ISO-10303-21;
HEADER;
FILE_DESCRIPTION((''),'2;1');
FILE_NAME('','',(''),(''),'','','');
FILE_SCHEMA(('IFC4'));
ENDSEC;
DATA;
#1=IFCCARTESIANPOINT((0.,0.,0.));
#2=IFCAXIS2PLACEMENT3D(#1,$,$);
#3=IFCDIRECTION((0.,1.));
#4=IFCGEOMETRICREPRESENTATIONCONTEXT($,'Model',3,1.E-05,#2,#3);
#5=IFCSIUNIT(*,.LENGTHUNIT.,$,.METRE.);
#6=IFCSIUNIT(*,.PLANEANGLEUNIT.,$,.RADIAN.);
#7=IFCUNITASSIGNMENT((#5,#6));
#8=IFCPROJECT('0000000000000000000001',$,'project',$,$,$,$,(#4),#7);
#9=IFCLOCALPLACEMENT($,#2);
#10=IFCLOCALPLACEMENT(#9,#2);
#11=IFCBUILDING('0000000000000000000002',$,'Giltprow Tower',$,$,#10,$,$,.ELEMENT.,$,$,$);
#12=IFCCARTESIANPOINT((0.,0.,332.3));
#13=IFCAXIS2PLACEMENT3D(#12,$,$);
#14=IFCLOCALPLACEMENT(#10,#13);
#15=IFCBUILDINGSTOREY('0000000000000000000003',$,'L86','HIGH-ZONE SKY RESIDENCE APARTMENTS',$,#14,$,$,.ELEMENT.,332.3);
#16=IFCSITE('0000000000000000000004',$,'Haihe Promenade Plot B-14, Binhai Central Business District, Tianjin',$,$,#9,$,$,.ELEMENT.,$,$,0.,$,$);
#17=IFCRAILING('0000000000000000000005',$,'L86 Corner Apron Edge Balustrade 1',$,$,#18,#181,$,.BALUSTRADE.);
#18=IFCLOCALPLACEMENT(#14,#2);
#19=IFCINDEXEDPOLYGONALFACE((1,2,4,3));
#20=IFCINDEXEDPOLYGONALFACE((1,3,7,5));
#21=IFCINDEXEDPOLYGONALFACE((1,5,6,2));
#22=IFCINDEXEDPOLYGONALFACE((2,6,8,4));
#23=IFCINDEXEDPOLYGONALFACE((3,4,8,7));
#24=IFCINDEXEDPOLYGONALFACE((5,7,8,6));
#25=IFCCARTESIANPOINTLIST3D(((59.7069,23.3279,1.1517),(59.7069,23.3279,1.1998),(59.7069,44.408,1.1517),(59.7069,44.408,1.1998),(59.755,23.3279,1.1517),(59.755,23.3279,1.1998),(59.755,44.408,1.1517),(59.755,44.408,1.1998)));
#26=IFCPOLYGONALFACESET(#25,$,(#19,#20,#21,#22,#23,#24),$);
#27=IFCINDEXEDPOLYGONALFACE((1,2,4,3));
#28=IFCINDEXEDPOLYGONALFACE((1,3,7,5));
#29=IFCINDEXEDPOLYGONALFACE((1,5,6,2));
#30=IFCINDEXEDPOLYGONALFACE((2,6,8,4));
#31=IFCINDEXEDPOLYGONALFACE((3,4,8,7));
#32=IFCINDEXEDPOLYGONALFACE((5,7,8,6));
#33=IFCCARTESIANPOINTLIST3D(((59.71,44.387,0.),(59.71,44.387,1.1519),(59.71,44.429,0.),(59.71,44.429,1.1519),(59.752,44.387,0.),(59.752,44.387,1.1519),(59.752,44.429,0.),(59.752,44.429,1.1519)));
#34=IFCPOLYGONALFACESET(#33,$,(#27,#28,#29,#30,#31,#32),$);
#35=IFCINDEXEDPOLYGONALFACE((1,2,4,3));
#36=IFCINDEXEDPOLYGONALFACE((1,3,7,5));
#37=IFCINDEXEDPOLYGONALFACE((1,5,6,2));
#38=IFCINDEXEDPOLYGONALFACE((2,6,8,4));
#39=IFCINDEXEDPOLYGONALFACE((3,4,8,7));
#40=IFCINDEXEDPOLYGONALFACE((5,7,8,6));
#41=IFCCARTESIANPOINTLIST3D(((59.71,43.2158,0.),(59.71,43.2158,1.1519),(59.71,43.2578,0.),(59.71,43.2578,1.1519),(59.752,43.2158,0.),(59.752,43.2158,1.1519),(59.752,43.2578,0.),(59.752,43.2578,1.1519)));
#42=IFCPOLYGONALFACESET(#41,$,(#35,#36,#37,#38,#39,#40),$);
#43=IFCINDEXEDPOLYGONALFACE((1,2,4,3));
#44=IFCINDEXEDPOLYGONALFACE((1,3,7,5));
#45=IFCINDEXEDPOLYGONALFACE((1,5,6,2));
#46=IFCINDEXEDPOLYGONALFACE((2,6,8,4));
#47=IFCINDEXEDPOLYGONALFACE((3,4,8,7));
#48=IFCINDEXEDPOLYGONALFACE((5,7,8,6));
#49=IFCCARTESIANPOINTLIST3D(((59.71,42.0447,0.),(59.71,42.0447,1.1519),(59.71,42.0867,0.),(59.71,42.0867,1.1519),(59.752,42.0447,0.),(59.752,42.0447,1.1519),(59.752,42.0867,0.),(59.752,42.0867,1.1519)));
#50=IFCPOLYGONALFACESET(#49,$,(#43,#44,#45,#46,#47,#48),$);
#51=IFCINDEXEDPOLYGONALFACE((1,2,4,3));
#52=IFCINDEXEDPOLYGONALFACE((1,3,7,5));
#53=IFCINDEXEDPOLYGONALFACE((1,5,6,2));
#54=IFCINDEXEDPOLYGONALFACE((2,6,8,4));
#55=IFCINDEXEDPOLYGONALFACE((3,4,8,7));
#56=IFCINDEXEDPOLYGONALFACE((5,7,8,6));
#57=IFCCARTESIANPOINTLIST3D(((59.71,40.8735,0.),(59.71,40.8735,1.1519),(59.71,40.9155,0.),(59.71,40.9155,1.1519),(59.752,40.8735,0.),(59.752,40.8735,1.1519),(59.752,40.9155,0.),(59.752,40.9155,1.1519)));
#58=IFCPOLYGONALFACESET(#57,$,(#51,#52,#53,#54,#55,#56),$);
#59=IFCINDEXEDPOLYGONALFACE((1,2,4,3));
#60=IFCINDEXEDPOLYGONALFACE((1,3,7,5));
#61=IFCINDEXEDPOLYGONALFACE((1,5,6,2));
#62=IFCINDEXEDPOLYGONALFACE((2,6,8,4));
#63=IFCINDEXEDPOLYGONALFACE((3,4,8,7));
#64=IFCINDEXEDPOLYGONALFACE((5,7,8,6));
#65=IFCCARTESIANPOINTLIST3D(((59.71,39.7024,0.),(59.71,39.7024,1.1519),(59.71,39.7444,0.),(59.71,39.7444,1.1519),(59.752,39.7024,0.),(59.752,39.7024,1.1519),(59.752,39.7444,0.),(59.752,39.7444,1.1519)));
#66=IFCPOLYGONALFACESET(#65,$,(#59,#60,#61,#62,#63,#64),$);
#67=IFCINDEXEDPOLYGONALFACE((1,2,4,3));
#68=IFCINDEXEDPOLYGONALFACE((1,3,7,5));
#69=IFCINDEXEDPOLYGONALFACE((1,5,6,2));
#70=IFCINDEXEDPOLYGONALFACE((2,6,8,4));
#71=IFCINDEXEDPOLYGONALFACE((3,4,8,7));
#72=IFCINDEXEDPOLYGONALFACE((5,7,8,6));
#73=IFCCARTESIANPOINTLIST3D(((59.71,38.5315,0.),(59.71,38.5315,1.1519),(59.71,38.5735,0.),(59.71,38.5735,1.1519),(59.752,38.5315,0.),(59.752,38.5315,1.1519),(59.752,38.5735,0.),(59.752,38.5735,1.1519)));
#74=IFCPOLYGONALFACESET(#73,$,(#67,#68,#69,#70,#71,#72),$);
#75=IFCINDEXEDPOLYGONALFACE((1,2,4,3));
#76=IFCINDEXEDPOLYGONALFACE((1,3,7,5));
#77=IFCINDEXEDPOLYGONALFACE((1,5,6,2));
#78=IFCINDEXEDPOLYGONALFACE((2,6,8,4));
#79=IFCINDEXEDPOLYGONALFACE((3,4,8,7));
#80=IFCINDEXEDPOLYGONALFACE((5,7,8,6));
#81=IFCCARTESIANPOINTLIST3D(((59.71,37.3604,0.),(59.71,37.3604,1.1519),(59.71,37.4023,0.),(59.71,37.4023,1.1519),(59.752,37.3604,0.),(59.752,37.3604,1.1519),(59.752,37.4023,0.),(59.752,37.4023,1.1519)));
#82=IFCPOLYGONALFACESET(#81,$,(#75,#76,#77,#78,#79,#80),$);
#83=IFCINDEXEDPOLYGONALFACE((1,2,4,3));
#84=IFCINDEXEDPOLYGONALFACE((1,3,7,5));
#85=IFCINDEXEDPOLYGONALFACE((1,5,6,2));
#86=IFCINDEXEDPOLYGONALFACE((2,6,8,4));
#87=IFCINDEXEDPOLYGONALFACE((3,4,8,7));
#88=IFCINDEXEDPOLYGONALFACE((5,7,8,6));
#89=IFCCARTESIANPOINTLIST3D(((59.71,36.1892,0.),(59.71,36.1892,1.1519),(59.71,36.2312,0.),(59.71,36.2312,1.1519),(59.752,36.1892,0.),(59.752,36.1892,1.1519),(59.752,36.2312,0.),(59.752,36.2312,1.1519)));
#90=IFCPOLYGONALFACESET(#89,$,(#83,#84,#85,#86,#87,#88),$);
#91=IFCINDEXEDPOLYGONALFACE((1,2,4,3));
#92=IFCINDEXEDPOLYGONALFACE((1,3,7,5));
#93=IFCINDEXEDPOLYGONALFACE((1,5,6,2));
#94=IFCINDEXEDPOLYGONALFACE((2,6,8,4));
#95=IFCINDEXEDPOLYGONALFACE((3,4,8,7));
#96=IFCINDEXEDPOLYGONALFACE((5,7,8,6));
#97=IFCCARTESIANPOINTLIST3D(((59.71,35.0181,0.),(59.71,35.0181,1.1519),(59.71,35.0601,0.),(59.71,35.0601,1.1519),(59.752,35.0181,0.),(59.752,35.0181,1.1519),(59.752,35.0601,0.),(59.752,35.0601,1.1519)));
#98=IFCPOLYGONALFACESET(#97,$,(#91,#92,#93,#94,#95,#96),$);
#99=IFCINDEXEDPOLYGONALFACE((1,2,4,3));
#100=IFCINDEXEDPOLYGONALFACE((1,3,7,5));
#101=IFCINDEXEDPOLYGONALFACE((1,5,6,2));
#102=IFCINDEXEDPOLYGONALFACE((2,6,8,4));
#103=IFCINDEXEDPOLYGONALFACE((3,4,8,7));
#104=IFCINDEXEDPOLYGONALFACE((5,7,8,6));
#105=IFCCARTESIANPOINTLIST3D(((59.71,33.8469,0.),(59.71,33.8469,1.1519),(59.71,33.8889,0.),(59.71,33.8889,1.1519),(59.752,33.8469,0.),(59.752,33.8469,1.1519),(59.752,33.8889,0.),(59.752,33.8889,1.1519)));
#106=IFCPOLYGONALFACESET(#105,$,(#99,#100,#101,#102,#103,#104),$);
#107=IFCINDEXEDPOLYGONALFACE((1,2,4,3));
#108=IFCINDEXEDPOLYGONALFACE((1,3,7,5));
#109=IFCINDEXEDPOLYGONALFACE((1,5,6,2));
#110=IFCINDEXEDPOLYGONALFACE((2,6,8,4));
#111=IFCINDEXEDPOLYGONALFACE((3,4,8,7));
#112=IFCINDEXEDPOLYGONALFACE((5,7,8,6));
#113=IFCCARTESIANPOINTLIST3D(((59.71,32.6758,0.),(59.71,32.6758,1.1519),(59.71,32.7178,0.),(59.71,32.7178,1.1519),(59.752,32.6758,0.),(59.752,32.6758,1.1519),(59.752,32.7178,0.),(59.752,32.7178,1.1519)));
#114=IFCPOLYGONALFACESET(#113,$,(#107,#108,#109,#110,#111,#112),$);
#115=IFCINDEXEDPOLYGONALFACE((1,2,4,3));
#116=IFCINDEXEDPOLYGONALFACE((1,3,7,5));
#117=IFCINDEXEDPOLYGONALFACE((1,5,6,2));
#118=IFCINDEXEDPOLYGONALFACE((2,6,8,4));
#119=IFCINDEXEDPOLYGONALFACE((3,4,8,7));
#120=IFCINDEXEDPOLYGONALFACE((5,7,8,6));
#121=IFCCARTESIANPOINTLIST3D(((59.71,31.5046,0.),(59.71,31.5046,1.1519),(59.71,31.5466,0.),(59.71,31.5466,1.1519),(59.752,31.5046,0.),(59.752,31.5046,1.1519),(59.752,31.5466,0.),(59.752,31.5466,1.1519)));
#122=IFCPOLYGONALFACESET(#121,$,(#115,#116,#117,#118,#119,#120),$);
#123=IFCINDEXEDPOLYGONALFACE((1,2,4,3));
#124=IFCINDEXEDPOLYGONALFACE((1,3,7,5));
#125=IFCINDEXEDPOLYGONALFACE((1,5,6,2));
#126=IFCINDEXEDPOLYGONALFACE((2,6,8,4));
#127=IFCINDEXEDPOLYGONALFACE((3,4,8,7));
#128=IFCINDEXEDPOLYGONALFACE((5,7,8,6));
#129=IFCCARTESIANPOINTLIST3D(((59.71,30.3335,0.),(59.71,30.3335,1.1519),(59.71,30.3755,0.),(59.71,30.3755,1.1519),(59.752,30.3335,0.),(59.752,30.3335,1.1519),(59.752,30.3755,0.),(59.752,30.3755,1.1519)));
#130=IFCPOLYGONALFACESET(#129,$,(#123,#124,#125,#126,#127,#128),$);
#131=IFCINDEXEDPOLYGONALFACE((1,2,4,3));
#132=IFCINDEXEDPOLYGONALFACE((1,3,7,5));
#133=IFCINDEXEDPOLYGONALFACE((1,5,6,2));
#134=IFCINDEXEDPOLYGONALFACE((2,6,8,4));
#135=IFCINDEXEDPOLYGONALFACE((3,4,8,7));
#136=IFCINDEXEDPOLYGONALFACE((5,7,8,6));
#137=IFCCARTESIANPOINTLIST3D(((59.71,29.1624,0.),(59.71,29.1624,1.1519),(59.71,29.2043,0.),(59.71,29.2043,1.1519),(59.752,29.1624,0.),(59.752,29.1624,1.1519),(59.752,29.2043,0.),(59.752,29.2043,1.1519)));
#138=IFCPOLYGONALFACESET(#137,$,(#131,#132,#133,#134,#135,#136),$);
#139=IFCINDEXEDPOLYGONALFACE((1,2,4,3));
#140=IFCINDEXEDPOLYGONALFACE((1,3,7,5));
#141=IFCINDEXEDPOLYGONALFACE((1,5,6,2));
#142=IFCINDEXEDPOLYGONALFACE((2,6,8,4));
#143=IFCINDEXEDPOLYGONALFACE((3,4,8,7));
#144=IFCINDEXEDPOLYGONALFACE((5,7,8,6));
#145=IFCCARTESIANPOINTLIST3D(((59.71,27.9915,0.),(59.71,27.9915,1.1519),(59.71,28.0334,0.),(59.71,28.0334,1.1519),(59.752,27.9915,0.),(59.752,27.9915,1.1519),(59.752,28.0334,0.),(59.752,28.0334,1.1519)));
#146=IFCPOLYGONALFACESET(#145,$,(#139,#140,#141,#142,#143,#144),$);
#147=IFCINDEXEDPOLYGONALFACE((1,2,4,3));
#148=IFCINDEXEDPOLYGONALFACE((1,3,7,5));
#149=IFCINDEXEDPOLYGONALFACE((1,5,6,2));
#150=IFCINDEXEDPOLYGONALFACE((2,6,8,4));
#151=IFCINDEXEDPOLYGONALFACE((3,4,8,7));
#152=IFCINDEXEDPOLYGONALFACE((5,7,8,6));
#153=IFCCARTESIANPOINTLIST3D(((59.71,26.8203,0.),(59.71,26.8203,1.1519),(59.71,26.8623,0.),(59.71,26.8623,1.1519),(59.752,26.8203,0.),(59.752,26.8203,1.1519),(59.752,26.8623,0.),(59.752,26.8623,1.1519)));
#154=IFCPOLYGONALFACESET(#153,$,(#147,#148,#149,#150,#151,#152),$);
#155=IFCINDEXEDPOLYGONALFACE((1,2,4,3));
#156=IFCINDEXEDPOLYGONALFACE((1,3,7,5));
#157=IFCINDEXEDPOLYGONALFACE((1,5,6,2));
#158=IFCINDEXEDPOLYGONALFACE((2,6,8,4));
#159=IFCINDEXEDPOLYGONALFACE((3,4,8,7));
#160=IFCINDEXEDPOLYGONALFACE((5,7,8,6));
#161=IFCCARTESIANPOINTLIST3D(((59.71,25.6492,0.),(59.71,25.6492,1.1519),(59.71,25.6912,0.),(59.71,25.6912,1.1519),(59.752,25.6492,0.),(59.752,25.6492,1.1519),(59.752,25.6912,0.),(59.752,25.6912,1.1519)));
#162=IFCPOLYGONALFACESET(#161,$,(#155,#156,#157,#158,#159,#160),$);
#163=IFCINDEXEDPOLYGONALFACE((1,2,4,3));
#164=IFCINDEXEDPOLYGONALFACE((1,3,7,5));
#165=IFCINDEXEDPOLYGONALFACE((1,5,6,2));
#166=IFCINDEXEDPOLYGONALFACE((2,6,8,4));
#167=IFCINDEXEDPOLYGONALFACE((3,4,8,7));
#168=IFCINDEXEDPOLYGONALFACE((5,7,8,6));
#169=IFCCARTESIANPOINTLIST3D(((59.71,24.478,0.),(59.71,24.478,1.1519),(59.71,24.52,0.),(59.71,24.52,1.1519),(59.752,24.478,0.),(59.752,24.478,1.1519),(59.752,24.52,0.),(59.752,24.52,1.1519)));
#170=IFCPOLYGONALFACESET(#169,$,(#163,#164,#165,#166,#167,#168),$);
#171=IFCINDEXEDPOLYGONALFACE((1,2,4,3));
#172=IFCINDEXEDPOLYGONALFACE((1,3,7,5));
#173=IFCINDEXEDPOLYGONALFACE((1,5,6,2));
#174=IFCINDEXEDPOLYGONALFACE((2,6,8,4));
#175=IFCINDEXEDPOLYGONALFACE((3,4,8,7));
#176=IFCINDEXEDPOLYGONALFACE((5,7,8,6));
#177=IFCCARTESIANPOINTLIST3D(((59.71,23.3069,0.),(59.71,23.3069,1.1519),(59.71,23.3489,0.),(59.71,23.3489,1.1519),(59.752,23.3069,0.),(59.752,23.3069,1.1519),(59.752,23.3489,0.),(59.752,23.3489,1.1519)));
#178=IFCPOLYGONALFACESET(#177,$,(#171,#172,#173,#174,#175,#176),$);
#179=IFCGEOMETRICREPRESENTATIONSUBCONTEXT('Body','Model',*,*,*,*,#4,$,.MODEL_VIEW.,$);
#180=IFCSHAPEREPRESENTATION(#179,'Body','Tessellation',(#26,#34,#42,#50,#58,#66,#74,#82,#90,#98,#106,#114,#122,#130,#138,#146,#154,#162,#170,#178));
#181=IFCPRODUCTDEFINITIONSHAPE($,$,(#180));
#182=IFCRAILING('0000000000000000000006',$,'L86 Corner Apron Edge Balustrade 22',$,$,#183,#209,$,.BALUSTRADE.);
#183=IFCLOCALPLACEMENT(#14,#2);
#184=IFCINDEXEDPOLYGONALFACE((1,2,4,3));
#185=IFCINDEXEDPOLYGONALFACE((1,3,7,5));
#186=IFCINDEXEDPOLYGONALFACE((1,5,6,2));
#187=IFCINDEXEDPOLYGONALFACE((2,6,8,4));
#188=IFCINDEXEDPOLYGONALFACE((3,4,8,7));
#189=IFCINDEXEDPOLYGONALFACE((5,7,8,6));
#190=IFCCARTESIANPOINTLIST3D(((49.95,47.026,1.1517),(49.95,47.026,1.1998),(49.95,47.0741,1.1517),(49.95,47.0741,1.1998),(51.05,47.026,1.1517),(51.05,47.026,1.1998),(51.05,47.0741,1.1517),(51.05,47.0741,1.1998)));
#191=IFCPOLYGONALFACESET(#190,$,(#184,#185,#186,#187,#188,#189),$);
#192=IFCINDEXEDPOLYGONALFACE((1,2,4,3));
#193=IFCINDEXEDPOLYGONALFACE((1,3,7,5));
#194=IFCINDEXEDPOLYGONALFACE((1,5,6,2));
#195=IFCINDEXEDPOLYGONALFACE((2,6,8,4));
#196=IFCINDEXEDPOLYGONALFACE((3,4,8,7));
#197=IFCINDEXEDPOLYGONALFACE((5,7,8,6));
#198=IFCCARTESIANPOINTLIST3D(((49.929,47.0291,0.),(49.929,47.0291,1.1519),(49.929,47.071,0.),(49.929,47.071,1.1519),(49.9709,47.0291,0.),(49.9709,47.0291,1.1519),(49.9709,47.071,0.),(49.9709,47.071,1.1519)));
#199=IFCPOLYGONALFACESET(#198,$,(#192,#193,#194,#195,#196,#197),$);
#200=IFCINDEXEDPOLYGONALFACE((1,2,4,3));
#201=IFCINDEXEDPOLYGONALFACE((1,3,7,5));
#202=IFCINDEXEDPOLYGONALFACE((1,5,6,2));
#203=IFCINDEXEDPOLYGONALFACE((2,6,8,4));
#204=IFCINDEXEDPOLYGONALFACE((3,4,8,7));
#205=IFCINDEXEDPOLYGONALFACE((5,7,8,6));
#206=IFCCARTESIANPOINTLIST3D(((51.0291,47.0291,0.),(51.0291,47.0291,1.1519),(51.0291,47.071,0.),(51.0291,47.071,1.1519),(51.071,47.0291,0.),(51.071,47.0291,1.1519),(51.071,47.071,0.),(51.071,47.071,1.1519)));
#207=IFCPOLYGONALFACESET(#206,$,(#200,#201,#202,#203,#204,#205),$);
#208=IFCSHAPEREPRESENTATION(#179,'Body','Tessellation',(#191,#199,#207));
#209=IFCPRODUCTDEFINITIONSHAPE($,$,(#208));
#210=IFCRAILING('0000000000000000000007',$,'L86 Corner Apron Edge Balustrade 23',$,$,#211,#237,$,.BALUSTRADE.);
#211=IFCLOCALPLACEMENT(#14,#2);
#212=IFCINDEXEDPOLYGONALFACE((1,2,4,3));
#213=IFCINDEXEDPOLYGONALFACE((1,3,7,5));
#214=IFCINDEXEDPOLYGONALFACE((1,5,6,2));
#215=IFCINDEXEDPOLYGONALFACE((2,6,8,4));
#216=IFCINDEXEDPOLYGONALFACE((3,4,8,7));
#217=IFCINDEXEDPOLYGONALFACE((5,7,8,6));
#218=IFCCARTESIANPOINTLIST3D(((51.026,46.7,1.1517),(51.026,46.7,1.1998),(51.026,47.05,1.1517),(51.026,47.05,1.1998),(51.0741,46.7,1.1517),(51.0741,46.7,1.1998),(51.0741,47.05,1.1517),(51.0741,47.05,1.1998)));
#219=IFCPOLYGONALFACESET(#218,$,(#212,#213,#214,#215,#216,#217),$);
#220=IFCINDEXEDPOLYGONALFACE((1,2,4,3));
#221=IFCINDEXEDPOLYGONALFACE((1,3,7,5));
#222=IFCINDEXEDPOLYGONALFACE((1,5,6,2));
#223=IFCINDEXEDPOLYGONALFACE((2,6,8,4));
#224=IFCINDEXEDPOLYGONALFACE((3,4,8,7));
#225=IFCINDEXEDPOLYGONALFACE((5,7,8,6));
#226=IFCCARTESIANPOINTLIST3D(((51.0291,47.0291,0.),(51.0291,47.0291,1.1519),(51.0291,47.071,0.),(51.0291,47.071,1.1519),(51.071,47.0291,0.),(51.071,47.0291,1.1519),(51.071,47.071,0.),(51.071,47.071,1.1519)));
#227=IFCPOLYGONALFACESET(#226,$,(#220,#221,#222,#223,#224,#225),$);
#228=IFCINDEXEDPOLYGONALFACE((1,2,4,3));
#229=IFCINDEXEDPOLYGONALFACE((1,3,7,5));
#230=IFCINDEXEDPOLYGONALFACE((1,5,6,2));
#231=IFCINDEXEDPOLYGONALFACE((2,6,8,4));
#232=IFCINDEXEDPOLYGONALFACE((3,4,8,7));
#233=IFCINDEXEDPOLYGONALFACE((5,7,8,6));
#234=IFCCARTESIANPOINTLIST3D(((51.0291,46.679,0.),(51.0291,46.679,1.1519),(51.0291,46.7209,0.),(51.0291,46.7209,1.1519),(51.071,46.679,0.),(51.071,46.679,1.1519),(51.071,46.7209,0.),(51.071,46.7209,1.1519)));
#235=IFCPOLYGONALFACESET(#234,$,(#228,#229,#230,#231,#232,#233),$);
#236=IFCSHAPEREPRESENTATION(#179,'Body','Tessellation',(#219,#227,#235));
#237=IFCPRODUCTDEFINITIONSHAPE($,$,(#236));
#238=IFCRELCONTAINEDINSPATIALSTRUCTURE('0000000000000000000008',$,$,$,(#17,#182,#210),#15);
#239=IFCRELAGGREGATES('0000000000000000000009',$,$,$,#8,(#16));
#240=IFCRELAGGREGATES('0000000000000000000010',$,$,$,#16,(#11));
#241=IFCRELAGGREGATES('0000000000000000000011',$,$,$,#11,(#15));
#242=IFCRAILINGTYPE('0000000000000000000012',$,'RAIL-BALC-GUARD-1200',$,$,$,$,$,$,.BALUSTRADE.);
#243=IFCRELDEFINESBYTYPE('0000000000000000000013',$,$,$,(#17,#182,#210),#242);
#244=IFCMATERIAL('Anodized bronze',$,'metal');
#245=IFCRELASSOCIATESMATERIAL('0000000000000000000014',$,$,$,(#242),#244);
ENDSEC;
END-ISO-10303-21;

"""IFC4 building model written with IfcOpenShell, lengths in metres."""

from ifc_helpers import new_model, si_unit, direction, frame, origin, origin_2d, place, context, subcontext, project, spatial, rectangle, extrude, material, type_object, element, save


model = new_model("IFC4")

# Units and contexts
model_context = context("Model", 3, precision=1e-05, world=origin(), true_north=direction((0.0, 1.0)))
body_context = subcontext(model_context, "Body", "Model", "MODEL_VIEW")
ifc_project = project(units=[si_unit("LENGTHUNIT", "METRE"), si_unit("PLANEANGLEUNIT", "RADIAN")], contexts=[model_context])

# Site, building, storey
site_placement = place(None, origin())
site = spatial("IfcSite", under=ifc_project, at=site_placement, Name="Haihe Promenade Plot B-14, Binhai Central Business District, Tianjin", CompositionType="ELEMENT", RefElevation=0.0)
building_placement = place(site_placement, origin())
building = spatial("IfcBuilding", under=site, at=building_placement, Name="Giltprow Tower", CompositionType="ELEMENT")
storey_placement = place(building_placement, frame((0.0, 0.0, 332.3)))
storey = spatial("IfcBuildingStorey", under=building, at=storey_placement, Name="L86", Description="HIGH-ZONE SKY RESIDENCE APARTMENTS", CompositionType="ELEMENT", Elevation=332.3)

# Railings
ifc_material_1 = material(Name="Anodized bronze", Category="metal")
railing_type = type_object("IfcRailingType", Name="RAIL-BALC-GUARD-1200", PredefinedType="BALUSTRADE", material=ifc_material_1)
railing_1_placement = place(storey_placement, frame((59.731, 44.408, 0.0)))
element("IfcRailing", 1, at=railing_1_placement, inside=storey, type_object=railing_type, Name="L86 Corner Apron Edge Balustrade 1", PredefinedType="BALUSTRADE", context=body_context, shape_type="SweptSolid", body=[
    extrude(rectangle(XDim=0.0481, YDim=0.0481, at=origin_2d()), frame((0.0, 0.0, 1.1758), z_axis=(0.0, -1.0, 0.0), x_axis=(1.0, 0.0, 0.0)), (0.0, 0.0, 1.0), 21.0801),
    extrude(rectangle(XDim=0.042, YDim=0.042, at=origin_2d()), origin(), (0.0, 0.0, 1.0), 1.1519),
    extrude(rectangle(XDim=0.042, YDim=0.042, at=origin_2d()), frame((0.0, -1.1711, 0.0)), (0.0, 0.0, 1.0), 1.1519),
    extrude(rectangle(XDim=0.042, YDim=0.042, at=origin_2d()), frame((0.0, -2.3423, 0.0)), (0.0, 0.0, 1.0), 1.1519),
    extrude(rectangle(XDim=0.042, YDim=0.042, at=origin_2d()), frame((0.0, -3.5134, 0.0)), (0.0, 0.0, 1.0), 1.1519),
    extrude(rectangle(XDim=0.042, YDim=0.042, at=origin_2d()), frame((0.0, -4.6846, 0.0)), (0.0, 0.0, 1.0), 1.1519),
    extrude(rectangle(XDim=0.042, YDim=0.042, at=origin_2d()), frame((0.0, -5.8555, 0.0)), (0.0, 0.0, 1.0), 1.1519),
    extrude(rectangle(XDim=0.042, YDim=0.042, at=origin_2d()), frame((0.0, -7.0266, 0.0)), (0.0, 0.0, 1.0), 1.1519),
    extrude(rectangle(XDim=0.042, YDim=0.042, at=origin_2d()), frame((0.0, -8.1978, 0.0)), (0.0, 0.0, 1.0), 1.1519),
    extrude(rectangle(XDim=0.042, YDim=0.042, at=origin_2d()), frame((0.0, -9.3689, 0.0)), (0.0, 0.0, 1.0), 1.1519),
    extrude(rectangle(XDim=0.042, YDim=0.042, at=origin_2d()), frame((0.0, -10.54, 0.0)), (0.0, 0.0, 1.0), 1.1519),
    extrude(rectangle(XDim=0.042, YDim=0.042, at=origin_2d()), frame((0.0, -11.7112, 0.0)), (0.0, 0.0, 1.0), 1.1519),
    extrude(rectangle(XDim=0.042, YDim=0.042, at=origin_2d()), frame((0.0, -12.8823, 0.0)), (0.0, 0.0, 1.0), 1.1519),
    extrude(rectangle(XDim=0.042, YDim=0.042, at=origin_2d()), frame((0.0, -14.0535, 0.0)), (0.0, 0.0, 1.0), 1.1519),
    extrude(rectangle(XDim=0.042, YDim=0.042, at=origin_2d()), frame((0.0, -15.2246, 0.0)), (0.0, 0.0, 1.0), 1.1519),
    extrude(rectangle(XDim=0.042, YDim=0.042, at=origin_2d()), frame((0.0, -16.3955, 0.0)), (0.0, 0.0, 1.0), 1.1519),
    extrude(rectangle(XDim=0.042, YDim=0.042, at=origin_2d()), frame((0.0, -17.5667, 0.0)), (0.0, 0.0, 1.0), 1.1519),
    extrude(rectangle(XDim=0.042, YDim=0.042, at=origin_2d()), frame((0.0, -18.7378, 0.0)), (0.0, 0.0, 1.0), 1.1519),
    extrude(rectangle(XDim=0.042, YDim=0.042, at=origin_2d()), frame((0.0, -19.9089, 0.0)), (0.0, 0.0, 1.0), 1.1519),
    extrude(rectangle(XDim=0.042, YDim=0.042, at=origin_2d()), frame((0.0, -21.0801, 0.0)), (0.0, 0.0, 1.0), 1.1519),
])
railing_2_placement = place(storey_placement, frame((49.95, 47.05, 0.0)))
element("IfcRailing", 2, at=railing_2_placement, inside=storey, type_object=railing_type, Name="L86 Corner Apron Edge Balustrade 22", PredefinedType="BALUSTRADE", context=body_context, shape_type="SweptSolid", body=[
    extrude(rectangle(XDim=0.0481, YDim=0.0481, at=origin_2d()), frame((0.0, 0.0, 1.1758), z_axis=(1.0, 0.0, 0.0), x_axis=(0.0, 1.0, 0.0)), (0.0, 0.0, 1.0), 1.1001),
    extrude(rectangle(XDim=0.042, YDim=0.042, at=origin_2d()), origin(), (0.0, 0.0, 1.0), 1.1519),
    extrude(rectangle(XDim=0.042, YDim=0.042, at=origin_2d()), frame((1.1001, 0.0, 0.0)), (0.0, 0.0, 1.0), 1.1519),
])
railing_3_placement = place(storey_placement, frame((51.05, 47.05, 0.0)))
element("IfcRailing", 3, at=railing_3_placement, inside=storey, type_object=railing_type, Name="L86 Corner Apron Edge Balustrade 23", PredefinedType="BALUSTRADE", context=body_context, shape_type="SweptSolid", body=[
    extrude(rectangle(XDim=0.0481, YDim=0.0481, at=origin_2d()), frame((0.0, 0.0, 1.1758), z_axis=(0.0, -1.0, 0.0), x_axis=(1.0, 0.0, 0.0)), (0.0, 0.0, 1.0), 0.3501),
    extrude(rectangle(XDim=0.042, YDim=0.042, at=origin_2d()), origin(), (0.0, 0.0, 1.0), 1.1519),
    extrude(rectangle(XDim=0.042, YDim=0.042, at=origin_2d()), frame((0.0, -0.3501, 0.0)), (0.0, 0.0, 1.0), 1.1519),
])

save(model, "model.ifc")
